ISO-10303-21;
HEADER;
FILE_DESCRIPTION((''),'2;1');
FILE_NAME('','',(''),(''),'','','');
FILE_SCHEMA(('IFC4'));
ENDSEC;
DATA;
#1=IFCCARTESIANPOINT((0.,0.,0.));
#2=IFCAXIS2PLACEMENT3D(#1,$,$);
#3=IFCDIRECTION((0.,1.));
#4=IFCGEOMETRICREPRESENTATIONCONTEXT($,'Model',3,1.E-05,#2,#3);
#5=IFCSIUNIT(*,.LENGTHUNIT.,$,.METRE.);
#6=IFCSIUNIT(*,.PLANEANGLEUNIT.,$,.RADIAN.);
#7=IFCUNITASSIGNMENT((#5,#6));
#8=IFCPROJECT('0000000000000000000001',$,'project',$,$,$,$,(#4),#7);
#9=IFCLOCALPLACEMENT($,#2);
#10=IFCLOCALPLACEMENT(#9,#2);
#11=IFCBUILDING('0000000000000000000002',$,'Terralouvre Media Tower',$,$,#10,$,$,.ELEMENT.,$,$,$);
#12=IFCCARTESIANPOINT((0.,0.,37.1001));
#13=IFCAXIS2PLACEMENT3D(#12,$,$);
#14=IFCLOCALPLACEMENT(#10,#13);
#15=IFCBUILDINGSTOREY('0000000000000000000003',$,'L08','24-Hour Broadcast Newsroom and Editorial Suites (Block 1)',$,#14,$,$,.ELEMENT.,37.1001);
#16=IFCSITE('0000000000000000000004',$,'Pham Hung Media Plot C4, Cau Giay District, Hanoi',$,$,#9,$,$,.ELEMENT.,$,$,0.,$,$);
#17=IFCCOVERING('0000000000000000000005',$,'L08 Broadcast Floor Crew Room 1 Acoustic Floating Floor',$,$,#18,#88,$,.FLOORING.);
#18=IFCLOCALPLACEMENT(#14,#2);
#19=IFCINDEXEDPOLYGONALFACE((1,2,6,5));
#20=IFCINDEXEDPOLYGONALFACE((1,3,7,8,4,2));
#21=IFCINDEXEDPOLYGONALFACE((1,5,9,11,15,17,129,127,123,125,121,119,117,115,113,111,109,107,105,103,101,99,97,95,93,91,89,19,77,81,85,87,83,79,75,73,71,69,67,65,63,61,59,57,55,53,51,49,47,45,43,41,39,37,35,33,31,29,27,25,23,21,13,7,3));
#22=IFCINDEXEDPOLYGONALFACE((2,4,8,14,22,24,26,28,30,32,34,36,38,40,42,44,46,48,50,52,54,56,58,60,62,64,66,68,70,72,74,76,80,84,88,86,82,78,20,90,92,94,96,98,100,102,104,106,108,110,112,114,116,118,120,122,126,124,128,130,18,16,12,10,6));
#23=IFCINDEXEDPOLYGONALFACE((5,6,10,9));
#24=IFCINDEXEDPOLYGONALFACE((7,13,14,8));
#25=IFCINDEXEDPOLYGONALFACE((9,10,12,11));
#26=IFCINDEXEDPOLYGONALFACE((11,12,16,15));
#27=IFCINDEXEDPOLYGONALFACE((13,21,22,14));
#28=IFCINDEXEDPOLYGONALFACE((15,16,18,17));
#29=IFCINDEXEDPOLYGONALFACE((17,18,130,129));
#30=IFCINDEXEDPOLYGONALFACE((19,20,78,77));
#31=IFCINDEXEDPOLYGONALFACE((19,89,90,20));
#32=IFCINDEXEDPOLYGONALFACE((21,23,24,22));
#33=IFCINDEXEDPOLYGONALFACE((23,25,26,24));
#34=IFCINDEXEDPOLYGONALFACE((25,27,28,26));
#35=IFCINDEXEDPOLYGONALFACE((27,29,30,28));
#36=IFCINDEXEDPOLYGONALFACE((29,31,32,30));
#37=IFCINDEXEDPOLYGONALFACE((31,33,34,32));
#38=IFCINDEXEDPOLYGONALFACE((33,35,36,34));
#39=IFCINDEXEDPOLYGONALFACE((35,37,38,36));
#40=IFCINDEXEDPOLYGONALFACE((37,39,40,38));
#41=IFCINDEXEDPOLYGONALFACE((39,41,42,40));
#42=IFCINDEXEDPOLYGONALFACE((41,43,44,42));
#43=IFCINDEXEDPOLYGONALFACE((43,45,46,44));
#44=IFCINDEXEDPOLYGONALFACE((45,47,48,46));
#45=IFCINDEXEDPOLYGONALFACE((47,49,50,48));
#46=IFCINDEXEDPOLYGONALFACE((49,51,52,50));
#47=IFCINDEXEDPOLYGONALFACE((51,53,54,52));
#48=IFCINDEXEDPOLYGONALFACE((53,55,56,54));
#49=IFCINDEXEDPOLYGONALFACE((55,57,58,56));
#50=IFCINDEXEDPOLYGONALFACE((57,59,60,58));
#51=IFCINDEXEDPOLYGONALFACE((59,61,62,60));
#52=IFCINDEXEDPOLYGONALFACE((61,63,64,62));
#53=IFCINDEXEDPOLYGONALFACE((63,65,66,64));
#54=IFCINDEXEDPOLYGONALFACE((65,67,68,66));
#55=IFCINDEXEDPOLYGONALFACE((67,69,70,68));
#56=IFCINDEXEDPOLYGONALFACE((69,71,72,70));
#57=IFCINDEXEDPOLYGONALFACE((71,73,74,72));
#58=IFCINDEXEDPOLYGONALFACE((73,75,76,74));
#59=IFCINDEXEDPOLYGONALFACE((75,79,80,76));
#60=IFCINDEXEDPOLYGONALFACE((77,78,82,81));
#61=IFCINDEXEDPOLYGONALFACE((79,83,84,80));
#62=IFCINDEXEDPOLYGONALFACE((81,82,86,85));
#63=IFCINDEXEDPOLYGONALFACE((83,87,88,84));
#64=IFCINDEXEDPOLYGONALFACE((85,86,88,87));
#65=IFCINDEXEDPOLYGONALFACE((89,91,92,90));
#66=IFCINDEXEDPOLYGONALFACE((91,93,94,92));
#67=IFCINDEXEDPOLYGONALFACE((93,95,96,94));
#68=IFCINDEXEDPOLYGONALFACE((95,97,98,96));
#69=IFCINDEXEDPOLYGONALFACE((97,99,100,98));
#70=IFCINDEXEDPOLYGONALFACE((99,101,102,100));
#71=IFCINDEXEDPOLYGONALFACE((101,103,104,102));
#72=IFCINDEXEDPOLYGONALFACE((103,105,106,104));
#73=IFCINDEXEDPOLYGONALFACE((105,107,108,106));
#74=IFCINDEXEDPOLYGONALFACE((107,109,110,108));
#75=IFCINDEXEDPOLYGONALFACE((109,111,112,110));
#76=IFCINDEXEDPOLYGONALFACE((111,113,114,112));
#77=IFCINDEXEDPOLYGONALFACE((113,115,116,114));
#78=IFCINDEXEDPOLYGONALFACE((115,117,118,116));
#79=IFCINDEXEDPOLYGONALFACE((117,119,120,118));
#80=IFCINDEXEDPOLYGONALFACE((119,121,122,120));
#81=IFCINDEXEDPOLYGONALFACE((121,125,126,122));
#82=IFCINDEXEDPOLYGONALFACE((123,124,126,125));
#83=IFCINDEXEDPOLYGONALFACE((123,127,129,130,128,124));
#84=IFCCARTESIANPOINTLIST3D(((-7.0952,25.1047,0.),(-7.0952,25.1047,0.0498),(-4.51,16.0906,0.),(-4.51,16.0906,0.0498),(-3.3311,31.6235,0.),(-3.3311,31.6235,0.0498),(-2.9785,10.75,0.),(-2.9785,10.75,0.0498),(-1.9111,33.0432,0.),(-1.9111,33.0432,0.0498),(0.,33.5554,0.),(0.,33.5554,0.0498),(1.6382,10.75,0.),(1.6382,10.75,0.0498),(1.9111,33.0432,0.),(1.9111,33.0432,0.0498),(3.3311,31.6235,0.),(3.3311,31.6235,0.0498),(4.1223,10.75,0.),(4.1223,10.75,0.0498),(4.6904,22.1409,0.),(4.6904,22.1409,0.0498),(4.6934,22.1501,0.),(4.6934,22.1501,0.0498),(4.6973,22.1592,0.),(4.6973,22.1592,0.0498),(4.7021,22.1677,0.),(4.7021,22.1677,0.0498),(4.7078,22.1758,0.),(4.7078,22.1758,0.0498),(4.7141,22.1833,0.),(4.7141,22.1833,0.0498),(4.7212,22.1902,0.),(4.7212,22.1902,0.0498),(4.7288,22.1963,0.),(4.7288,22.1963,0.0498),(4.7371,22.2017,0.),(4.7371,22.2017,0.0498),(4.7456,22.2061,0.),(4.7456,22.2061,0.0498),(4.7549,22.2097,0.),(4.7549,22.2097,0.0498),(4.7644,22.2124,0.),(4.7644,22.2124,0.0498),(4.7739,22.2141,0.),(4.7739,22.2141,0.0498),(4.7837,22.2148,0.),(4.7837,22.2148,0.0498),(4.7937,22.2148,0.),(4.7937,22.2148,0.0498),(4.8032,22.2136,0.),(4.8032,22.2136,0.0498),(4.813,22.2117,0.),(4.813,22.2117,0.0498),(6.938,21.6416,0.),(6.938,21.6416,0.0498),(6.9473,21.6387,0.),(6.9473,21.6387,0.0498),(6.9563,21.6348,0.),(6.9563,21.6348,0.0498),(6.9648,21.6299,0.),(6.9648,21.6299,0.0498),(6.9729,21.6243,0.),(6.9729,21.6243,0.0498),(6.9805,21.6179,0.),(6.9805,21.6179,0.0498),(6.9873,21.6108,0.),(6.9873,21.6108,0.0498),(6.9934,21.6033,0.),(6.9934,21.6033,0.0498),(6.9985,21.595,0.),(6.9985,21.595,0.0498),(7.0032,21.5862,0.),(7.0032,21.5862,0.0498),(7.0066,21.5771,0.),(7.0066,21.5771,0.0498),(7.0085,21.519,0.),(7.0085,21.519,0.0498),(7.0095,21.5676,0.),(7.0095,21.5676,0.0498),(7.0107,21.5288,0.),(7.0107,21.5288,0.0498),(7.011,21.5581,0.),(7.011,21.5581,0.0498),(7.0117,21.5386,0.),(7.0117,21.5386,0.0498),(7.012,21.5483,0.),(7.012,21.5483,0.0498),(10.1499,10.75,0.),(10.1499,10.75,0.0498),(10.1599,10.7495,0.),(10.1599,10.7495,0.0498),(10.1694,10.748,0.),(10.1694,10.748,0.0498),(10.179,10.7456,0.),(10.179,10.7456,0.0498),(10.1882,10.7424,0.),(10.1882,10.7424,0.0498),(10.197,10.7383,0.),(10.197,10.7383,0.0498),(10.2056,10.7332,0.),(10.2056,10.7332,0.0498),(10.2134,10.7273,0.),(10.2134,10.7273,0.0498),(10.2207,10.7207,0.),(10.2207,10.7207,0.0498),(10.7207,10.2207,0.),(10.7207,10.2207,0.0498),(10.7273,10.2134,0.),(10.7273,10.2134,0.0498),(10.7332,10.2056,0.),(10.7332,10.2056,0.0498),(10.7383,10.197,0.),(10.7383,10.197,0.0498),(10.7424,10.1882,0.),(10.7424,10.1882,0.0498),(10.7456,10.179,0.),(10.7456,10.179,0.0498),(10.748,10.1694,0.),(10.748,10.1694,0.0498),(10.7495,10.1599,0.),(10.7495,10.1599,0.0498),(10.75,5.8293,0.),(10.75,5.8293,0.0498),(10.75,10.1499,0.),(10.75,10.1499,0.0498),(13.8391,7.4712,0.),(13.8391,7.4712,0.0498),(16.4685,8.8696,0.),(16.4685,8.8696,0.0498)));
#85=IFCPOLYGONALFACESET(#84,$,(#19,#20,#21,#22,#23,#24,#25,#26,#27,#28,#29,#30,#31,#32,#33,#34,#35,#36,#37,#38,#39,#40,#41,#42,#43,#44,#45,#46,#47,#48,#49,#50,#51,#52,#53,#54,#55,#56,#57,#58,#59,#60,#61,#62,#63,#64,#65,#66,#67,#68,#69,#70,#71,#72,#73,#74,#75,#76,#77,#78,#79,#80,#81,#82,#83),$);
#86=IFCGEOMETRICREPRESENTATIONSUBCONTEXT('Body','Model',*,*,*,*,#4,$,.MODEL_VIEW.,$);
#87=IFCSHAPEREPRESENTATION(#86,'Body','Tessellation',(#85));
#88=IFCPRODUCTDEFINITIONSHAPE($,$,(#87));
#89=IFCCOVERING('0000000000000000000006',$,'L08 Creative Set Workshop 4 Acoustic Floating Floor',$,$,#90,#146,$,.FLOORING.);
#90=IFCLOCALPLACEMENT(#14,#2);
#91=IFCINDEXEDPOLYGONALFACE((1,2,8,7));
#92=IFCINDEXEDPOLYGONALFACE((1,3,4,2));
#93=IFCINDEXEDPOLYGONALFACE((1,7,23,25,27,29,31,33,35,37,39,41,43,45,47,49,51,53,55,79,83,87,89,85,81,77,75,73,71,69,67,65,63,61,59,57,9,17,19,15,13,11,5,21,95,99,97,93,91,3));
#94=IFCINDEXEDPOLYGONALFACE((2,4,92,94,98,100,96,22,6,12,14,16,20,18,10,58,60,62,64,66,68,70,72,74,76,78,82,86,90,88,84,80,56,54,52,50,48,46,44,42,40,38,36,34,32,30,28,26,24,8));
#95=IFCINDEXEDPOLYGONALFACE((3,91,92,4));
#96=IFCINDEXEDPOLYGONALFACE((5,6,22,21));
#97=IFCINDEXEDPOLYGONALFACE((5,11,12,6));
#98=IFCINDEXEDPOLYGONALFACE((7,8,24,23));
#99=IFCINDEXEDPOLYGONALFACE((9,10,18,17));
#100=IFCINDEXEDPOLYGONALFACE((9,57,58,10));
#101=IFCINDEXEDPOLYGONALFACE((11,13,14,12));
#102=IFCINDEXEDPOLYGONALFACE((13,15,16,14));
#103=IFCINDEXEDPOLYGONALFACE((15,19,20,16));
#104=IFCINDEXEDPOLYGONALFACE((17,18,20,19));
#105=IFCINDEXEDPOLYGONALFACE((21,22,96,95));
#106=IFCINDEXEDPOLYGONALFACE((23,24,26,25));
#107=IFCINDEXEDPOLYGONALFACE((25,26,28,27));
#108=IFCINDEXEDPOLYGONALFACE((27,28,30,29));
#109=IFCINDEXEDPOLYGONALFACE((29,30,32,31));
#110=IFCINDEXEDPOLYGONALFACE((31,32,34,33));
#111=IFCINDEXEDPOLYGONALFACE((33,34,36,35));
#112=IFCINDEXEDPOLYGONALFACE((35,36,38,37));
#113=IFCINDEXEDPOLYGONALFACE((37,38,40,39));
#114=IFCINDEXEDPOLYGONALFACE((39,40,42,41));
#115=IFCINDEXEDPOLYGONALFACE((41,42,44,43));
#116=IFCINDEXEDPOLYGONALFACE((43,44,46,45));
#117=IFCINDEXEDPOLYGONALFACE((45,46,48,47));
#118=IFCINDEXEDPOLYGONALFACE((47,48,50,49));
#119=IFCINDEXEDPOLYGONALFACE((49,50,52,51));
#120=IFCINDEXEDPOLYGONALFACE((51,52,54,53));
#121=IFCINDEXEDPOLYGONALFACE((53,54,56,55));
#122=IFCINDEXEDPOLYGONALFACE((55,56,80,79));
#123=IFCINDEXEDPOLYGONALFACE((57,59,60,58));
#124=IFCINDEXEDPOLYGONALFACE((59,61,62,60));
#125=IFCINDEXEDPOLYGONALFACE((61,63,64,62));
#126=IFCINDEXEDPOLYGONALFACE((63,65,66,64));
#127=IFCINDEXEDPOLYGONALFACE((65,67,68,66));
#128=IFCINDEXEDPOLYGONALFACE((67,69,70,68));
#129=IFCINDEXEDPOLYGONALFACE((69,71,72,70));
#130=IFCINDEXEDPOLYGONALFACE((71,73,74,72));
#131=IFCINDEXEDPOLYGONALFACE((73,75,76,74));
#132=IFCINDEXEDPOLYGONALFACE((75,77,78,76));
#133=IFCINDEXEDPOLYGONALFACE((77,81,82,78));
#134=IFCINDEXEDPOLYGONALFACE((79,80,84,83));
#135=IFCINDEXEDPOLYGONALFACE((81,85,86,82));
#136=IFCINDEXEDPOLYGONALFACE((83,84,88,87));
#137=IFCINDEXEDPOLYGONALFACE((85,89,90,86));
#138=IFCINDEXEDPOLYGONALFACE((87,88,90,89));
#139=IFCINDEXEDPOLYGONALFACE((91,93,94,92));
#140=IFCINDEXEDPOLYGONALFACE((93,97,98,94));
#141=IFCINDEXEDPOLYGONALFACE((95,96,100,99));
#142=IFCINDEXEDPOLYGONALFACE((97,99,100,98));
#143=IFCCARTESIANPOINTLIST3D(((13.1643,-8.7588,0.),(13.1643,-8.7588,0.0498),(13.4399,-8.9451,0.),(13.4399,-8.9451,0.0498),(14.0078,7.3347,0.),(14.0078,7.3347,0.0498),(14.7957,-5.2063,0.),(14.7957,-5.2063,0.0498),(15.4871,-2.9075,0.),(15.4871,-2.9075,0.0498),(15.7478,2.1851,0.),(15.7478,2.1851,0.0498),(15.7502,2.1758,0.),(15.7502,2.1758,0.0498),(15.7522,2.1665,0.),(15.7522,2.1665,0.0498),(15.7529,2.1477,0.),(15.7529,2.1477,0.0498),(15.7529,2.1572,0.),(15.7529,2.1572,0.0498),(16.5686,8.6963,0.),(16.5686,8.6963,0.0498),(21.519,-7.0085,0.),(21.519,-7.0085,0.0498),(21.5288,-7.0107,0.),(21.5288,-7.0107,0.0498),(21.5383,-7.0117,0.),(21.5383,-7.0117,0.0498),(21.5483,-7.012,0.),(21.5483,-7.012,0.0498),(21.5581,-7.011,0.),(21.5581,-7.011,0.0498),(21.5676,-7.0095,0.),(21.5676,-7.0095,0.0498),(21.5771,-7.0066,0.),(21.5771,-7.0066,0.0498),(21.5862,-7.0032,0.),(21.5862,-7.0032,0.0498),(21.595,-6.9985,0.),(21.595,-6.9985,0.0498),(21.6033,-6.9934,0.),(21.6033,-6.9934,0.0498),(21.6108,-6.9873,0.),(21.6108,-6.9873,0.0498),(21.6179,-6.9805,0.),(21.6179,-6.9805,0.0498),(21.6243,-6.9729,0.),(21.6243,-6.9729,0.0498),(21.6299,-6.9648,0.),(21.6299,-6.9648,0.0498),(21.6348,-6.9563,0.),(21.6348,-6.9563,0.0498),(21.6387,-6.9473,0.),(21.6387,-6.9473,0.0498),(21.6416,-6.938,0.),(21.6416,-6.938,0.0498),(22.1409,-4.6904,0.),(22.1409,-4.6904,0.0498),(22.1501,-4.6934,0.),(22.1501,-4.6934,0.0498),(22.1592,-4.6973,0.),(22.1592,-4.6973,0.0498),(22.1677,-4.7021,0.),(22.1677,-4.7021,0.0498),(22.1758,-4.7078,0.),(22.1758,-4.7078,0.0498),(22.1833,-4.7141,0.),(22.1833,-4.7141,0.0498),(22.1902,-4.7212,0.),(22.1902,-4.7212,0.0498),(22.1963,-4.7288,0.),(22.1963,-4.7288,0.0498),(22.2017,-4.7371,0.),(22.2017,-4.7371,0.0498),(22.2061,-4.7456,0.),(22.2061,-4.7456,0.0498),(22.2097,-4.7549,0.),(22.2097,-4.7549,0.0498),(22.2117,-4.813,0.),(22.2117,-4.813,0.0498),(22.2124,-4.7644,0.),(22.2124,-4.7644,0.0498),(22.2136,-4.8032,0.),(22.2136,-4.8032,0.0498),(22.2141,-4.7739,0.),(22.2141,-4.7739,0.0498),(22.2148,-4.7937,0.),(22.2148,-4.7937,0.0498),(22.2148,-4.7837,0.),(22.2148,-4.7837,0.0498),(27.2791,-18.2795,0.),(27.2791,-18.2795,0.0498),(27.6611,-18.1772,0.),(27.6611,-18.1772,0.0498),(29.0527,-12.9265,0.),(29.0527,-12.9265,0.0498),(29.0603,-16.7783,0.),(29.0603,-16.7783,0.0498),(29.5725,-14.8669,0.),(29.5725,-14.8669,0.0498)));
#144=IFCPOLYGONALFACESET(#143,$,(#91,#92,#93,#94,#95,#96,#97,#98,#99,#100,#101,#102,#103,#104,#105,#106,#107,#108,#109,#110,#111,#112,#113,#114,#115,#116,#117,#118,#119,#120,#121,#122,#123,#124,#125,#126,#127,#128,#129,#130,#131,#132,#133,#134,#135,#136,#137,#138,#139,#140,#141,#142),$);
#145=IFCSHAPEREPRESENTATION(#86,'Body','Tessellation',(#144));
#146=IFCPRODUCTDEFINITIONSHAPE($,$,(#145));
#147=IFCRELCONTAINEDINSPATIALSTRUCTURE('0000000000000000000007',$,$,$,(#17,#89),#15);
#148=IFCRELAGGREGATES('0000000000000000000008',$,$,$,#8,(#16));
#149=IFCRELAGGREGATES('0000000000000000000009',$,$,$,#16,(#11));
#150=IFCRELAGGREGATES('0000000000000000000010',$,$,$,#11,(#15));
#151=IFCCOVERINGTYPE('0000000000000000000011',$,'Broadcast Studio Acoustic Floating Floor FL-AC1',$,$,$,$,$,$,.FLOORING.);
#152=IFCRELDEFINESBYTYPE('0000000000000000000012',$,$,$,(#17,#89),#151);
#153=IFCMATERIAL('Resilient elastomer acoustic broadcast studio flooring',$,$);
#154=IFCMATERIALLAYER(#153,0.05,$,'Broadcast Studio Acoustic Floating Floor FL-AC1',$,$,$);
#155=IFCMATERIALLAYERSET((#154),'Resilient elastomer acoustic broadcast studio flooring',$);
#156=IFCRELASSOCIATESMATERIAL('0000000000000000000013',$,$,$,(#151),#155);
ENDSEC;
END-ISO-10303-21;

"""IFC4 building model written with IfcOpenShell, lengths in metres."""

from ifc_helpers import new_model, si_unit, direction, frame, origin, place, context, subcontext, project, spatial, polyline, outline, extrude, material, layer, layer_set, type_object, element, save


model = new_model("IFC4")

# Units and contexts
model_context = context("Model", 3, precision=1e-05, world=origin(), true_north=direction((0.0, 1.0)))
body_context = subcontext(model_context, "Body", "Model", "MODEL_VIEW")
ifc_project = project(units=[si_unit("LENGTHUNIT", "METRE"), si_unit("PLANEANGLEUNIT", "RADIAN")], contexts=[model_context])

# Site, building, storey
site_placement = place(None, origin())
site = spatial("IfcSite", under=ifc_project, at=site_placement, Name="Pham Hung Media Plot C4, Cau Giay District, Hanoi", CompositionType="ELEMENT", RefElevation=0.0)
building_placement = place(site_placement, origin())
building = spatial("IfcBuilding", under=site, at=building_placement, Name="Terralouvre Media Tower", CompositionType="ELEMENT")
storey_placement = place(building_placement, frame((0.0, 0.0, 37.1001)))
storey = spatial("IfcBuildingStorey", under=building, at=storey_placement, Name="L08", Description="24-Hour Broadcast Newsroom and Editorial Suites (Block 1)", CompositionType="ELEMENT", Elevation=37.1001)

# Coverings
ifc_material_1 = material(Name="Resilient elastomer acoustic broadcast studio flooring")
ifc_layer_1 = layer(ifc_material_1, 0.05, Name="Broadcast Studio Acoustic Floating Floor FL-AC1")
ifc_layer_set_1 = layer_set([ifc_layer_1], Name="Resilient elastomer acoustic broadcast studio flooring")
covering_type_1 = type_object("IfcCoveringType", Name="Broadcast Studio Acoustic Floating Floor FL-AC1", PredefinedType="FLOORING", material=ifc_layer_set_1)
covering_1_placement = place(storey_placement, origin())
element("IfcCovering", 1, at=covering_1_placement, inside=storey, type_object=covering_type_1, Name="L08 Broadcast Floor Crew Room 1 Acoustic Floating Floor", PredefinedType="FLOORING", context=body_context, shape_type="SweptSolid", body=[
    extrude(outline(polyline([(-4.51, 16.0906), (-2.9785, 10.75), (1.6382, 10.75), (4.6904, 22.1409), (4.6934, 22.1501), (4.6973, 22.1592), (4.7021, 22.1677), (4.7078, 22.1758), (4.7141, 22.1833), (4.7212, 22.1902), (4.7288, 22.1963), (4.7371, 22.2017), (4.7456, 22.2061), (4.7549, 22.2097), (4.7644, 22.2124), (4.7739, 22.2141), (4.7837, 22.2148), (4.7937, 22.2148), (4.8032, 22.2136), (4.813, 22.2117), (6.938, 21.6416), (6.9473, 21.6387), (6.9563, 21.6348), (6.9648, 21.6299), (6.9729, 21.6243), (6.9805, 21.6179), (6.9873, 21.6108), (6.9934, 21.6033), (6.9985, 21.595), (7.0032, 21.5862), (7.0066, 21.5771), (7.0095, 21.5676), (7.011, 21.5581), (7.012, 21.5483), (7.0117, 21.5386), (7.0107, 21.5288), (7.0085, 21.519), (4.1223, 10.75), (10.1499, 10.75), (10.1599, 10.7495), (10.1694, 10.748), (10.179, 10.7456), (10.1882, 10.7424), (10.197, 10.7383), (10.2056, 10.7332), (10.2134, 10.7273), (10.2207, 10.7207), (10.7207, 10.2207), (10.7273, 10.2134), (10.7332, 10.2056), (10.7383, 10.197), (10.7424, 10.1882), (10.7456, 10.179), (10.748, 10.1694), (10.7495, 10.1599), (10.75, 10.1499), (10.75, 5.8293), (13.8391, 7.4712), (16.4685, 8.8696), (3.3311, 31.6235), (1.9111, 33.0432), (0.0, 33.5554), (-1.9111, 33.0432), (-3.3311, 31.6235), (-7.0952, 25.1047), (-4.51, 16.0906)])), origin(), (0.0, 0.0, 1.0), 0.0498),
])
covering_2_placement = place(storey_placement, origin())
element("IfcCovering", 2, at=covering_2_placement, inside=storey, type_object=covering_type_1, Name="L08 Creative Set Workshop 4 Acoustic Floating Floor", PredefinedType="FLOORING", context=body_context, shape_type="SweptSolid", body=[
    extrude(outline(polyline([(15.7478, 2.1851), (15.7502, 2.1758), (15.7522, 2.1665), (15.7529, 2.1572), (15.7529, 2.1477), (15.4871, -2.9075), (22.1409, -4.6904), (22.1501, -4.6934), (22.1592, -4.6973), (22.1677, -4.7021), (22.1758, -4.7078), (22.1833, -4.7141), (22.1902, -4.7212), (22.1963, -4.7288), (22.2017, -4.7371), (22.2061, -4.7456), (22.2097, -4.7549), (22.2124, -4.7644), (22.2141, -4.7739), (22.2148, -4.7837), (22.2148, -4.7937), (22.2136, -4.8032), (22.2117, -4.813), (21.6416, -6.938), (21.6387, -6.9473), (21.6348, -6.9563), (21.6299, -6.9648), (21.6243, -6.9729), (21.6179, -6.9805), (21.6108, -6.9873), (21.6033, -6.9934), (21.595, -6.9985), (21.5862, -7.0032), (21.5771, -7.0066), (21.5676, -7.0095), (21.5581, -7.011), (21.5483, -7.012), (21.5383, -7.0117), (21.5288, -7.0107), (21.519, -7.0085), (14.7957, -5.2063), (13.1643, -8.7588), (13.4399, -8.9451), (27.2791, -18.2795), (27.6611, -18.1772), (29.0603, -16.7783), (29.5725, -14.8669), (29.0527, -12.9265), (16.5686, 8.6963), (14.0078, 7.3347), (15.7478, 2.1851)])), origin(), (0.0, 0.0, 1.0), 0.0498),
])

save(model, "model.ifc")
